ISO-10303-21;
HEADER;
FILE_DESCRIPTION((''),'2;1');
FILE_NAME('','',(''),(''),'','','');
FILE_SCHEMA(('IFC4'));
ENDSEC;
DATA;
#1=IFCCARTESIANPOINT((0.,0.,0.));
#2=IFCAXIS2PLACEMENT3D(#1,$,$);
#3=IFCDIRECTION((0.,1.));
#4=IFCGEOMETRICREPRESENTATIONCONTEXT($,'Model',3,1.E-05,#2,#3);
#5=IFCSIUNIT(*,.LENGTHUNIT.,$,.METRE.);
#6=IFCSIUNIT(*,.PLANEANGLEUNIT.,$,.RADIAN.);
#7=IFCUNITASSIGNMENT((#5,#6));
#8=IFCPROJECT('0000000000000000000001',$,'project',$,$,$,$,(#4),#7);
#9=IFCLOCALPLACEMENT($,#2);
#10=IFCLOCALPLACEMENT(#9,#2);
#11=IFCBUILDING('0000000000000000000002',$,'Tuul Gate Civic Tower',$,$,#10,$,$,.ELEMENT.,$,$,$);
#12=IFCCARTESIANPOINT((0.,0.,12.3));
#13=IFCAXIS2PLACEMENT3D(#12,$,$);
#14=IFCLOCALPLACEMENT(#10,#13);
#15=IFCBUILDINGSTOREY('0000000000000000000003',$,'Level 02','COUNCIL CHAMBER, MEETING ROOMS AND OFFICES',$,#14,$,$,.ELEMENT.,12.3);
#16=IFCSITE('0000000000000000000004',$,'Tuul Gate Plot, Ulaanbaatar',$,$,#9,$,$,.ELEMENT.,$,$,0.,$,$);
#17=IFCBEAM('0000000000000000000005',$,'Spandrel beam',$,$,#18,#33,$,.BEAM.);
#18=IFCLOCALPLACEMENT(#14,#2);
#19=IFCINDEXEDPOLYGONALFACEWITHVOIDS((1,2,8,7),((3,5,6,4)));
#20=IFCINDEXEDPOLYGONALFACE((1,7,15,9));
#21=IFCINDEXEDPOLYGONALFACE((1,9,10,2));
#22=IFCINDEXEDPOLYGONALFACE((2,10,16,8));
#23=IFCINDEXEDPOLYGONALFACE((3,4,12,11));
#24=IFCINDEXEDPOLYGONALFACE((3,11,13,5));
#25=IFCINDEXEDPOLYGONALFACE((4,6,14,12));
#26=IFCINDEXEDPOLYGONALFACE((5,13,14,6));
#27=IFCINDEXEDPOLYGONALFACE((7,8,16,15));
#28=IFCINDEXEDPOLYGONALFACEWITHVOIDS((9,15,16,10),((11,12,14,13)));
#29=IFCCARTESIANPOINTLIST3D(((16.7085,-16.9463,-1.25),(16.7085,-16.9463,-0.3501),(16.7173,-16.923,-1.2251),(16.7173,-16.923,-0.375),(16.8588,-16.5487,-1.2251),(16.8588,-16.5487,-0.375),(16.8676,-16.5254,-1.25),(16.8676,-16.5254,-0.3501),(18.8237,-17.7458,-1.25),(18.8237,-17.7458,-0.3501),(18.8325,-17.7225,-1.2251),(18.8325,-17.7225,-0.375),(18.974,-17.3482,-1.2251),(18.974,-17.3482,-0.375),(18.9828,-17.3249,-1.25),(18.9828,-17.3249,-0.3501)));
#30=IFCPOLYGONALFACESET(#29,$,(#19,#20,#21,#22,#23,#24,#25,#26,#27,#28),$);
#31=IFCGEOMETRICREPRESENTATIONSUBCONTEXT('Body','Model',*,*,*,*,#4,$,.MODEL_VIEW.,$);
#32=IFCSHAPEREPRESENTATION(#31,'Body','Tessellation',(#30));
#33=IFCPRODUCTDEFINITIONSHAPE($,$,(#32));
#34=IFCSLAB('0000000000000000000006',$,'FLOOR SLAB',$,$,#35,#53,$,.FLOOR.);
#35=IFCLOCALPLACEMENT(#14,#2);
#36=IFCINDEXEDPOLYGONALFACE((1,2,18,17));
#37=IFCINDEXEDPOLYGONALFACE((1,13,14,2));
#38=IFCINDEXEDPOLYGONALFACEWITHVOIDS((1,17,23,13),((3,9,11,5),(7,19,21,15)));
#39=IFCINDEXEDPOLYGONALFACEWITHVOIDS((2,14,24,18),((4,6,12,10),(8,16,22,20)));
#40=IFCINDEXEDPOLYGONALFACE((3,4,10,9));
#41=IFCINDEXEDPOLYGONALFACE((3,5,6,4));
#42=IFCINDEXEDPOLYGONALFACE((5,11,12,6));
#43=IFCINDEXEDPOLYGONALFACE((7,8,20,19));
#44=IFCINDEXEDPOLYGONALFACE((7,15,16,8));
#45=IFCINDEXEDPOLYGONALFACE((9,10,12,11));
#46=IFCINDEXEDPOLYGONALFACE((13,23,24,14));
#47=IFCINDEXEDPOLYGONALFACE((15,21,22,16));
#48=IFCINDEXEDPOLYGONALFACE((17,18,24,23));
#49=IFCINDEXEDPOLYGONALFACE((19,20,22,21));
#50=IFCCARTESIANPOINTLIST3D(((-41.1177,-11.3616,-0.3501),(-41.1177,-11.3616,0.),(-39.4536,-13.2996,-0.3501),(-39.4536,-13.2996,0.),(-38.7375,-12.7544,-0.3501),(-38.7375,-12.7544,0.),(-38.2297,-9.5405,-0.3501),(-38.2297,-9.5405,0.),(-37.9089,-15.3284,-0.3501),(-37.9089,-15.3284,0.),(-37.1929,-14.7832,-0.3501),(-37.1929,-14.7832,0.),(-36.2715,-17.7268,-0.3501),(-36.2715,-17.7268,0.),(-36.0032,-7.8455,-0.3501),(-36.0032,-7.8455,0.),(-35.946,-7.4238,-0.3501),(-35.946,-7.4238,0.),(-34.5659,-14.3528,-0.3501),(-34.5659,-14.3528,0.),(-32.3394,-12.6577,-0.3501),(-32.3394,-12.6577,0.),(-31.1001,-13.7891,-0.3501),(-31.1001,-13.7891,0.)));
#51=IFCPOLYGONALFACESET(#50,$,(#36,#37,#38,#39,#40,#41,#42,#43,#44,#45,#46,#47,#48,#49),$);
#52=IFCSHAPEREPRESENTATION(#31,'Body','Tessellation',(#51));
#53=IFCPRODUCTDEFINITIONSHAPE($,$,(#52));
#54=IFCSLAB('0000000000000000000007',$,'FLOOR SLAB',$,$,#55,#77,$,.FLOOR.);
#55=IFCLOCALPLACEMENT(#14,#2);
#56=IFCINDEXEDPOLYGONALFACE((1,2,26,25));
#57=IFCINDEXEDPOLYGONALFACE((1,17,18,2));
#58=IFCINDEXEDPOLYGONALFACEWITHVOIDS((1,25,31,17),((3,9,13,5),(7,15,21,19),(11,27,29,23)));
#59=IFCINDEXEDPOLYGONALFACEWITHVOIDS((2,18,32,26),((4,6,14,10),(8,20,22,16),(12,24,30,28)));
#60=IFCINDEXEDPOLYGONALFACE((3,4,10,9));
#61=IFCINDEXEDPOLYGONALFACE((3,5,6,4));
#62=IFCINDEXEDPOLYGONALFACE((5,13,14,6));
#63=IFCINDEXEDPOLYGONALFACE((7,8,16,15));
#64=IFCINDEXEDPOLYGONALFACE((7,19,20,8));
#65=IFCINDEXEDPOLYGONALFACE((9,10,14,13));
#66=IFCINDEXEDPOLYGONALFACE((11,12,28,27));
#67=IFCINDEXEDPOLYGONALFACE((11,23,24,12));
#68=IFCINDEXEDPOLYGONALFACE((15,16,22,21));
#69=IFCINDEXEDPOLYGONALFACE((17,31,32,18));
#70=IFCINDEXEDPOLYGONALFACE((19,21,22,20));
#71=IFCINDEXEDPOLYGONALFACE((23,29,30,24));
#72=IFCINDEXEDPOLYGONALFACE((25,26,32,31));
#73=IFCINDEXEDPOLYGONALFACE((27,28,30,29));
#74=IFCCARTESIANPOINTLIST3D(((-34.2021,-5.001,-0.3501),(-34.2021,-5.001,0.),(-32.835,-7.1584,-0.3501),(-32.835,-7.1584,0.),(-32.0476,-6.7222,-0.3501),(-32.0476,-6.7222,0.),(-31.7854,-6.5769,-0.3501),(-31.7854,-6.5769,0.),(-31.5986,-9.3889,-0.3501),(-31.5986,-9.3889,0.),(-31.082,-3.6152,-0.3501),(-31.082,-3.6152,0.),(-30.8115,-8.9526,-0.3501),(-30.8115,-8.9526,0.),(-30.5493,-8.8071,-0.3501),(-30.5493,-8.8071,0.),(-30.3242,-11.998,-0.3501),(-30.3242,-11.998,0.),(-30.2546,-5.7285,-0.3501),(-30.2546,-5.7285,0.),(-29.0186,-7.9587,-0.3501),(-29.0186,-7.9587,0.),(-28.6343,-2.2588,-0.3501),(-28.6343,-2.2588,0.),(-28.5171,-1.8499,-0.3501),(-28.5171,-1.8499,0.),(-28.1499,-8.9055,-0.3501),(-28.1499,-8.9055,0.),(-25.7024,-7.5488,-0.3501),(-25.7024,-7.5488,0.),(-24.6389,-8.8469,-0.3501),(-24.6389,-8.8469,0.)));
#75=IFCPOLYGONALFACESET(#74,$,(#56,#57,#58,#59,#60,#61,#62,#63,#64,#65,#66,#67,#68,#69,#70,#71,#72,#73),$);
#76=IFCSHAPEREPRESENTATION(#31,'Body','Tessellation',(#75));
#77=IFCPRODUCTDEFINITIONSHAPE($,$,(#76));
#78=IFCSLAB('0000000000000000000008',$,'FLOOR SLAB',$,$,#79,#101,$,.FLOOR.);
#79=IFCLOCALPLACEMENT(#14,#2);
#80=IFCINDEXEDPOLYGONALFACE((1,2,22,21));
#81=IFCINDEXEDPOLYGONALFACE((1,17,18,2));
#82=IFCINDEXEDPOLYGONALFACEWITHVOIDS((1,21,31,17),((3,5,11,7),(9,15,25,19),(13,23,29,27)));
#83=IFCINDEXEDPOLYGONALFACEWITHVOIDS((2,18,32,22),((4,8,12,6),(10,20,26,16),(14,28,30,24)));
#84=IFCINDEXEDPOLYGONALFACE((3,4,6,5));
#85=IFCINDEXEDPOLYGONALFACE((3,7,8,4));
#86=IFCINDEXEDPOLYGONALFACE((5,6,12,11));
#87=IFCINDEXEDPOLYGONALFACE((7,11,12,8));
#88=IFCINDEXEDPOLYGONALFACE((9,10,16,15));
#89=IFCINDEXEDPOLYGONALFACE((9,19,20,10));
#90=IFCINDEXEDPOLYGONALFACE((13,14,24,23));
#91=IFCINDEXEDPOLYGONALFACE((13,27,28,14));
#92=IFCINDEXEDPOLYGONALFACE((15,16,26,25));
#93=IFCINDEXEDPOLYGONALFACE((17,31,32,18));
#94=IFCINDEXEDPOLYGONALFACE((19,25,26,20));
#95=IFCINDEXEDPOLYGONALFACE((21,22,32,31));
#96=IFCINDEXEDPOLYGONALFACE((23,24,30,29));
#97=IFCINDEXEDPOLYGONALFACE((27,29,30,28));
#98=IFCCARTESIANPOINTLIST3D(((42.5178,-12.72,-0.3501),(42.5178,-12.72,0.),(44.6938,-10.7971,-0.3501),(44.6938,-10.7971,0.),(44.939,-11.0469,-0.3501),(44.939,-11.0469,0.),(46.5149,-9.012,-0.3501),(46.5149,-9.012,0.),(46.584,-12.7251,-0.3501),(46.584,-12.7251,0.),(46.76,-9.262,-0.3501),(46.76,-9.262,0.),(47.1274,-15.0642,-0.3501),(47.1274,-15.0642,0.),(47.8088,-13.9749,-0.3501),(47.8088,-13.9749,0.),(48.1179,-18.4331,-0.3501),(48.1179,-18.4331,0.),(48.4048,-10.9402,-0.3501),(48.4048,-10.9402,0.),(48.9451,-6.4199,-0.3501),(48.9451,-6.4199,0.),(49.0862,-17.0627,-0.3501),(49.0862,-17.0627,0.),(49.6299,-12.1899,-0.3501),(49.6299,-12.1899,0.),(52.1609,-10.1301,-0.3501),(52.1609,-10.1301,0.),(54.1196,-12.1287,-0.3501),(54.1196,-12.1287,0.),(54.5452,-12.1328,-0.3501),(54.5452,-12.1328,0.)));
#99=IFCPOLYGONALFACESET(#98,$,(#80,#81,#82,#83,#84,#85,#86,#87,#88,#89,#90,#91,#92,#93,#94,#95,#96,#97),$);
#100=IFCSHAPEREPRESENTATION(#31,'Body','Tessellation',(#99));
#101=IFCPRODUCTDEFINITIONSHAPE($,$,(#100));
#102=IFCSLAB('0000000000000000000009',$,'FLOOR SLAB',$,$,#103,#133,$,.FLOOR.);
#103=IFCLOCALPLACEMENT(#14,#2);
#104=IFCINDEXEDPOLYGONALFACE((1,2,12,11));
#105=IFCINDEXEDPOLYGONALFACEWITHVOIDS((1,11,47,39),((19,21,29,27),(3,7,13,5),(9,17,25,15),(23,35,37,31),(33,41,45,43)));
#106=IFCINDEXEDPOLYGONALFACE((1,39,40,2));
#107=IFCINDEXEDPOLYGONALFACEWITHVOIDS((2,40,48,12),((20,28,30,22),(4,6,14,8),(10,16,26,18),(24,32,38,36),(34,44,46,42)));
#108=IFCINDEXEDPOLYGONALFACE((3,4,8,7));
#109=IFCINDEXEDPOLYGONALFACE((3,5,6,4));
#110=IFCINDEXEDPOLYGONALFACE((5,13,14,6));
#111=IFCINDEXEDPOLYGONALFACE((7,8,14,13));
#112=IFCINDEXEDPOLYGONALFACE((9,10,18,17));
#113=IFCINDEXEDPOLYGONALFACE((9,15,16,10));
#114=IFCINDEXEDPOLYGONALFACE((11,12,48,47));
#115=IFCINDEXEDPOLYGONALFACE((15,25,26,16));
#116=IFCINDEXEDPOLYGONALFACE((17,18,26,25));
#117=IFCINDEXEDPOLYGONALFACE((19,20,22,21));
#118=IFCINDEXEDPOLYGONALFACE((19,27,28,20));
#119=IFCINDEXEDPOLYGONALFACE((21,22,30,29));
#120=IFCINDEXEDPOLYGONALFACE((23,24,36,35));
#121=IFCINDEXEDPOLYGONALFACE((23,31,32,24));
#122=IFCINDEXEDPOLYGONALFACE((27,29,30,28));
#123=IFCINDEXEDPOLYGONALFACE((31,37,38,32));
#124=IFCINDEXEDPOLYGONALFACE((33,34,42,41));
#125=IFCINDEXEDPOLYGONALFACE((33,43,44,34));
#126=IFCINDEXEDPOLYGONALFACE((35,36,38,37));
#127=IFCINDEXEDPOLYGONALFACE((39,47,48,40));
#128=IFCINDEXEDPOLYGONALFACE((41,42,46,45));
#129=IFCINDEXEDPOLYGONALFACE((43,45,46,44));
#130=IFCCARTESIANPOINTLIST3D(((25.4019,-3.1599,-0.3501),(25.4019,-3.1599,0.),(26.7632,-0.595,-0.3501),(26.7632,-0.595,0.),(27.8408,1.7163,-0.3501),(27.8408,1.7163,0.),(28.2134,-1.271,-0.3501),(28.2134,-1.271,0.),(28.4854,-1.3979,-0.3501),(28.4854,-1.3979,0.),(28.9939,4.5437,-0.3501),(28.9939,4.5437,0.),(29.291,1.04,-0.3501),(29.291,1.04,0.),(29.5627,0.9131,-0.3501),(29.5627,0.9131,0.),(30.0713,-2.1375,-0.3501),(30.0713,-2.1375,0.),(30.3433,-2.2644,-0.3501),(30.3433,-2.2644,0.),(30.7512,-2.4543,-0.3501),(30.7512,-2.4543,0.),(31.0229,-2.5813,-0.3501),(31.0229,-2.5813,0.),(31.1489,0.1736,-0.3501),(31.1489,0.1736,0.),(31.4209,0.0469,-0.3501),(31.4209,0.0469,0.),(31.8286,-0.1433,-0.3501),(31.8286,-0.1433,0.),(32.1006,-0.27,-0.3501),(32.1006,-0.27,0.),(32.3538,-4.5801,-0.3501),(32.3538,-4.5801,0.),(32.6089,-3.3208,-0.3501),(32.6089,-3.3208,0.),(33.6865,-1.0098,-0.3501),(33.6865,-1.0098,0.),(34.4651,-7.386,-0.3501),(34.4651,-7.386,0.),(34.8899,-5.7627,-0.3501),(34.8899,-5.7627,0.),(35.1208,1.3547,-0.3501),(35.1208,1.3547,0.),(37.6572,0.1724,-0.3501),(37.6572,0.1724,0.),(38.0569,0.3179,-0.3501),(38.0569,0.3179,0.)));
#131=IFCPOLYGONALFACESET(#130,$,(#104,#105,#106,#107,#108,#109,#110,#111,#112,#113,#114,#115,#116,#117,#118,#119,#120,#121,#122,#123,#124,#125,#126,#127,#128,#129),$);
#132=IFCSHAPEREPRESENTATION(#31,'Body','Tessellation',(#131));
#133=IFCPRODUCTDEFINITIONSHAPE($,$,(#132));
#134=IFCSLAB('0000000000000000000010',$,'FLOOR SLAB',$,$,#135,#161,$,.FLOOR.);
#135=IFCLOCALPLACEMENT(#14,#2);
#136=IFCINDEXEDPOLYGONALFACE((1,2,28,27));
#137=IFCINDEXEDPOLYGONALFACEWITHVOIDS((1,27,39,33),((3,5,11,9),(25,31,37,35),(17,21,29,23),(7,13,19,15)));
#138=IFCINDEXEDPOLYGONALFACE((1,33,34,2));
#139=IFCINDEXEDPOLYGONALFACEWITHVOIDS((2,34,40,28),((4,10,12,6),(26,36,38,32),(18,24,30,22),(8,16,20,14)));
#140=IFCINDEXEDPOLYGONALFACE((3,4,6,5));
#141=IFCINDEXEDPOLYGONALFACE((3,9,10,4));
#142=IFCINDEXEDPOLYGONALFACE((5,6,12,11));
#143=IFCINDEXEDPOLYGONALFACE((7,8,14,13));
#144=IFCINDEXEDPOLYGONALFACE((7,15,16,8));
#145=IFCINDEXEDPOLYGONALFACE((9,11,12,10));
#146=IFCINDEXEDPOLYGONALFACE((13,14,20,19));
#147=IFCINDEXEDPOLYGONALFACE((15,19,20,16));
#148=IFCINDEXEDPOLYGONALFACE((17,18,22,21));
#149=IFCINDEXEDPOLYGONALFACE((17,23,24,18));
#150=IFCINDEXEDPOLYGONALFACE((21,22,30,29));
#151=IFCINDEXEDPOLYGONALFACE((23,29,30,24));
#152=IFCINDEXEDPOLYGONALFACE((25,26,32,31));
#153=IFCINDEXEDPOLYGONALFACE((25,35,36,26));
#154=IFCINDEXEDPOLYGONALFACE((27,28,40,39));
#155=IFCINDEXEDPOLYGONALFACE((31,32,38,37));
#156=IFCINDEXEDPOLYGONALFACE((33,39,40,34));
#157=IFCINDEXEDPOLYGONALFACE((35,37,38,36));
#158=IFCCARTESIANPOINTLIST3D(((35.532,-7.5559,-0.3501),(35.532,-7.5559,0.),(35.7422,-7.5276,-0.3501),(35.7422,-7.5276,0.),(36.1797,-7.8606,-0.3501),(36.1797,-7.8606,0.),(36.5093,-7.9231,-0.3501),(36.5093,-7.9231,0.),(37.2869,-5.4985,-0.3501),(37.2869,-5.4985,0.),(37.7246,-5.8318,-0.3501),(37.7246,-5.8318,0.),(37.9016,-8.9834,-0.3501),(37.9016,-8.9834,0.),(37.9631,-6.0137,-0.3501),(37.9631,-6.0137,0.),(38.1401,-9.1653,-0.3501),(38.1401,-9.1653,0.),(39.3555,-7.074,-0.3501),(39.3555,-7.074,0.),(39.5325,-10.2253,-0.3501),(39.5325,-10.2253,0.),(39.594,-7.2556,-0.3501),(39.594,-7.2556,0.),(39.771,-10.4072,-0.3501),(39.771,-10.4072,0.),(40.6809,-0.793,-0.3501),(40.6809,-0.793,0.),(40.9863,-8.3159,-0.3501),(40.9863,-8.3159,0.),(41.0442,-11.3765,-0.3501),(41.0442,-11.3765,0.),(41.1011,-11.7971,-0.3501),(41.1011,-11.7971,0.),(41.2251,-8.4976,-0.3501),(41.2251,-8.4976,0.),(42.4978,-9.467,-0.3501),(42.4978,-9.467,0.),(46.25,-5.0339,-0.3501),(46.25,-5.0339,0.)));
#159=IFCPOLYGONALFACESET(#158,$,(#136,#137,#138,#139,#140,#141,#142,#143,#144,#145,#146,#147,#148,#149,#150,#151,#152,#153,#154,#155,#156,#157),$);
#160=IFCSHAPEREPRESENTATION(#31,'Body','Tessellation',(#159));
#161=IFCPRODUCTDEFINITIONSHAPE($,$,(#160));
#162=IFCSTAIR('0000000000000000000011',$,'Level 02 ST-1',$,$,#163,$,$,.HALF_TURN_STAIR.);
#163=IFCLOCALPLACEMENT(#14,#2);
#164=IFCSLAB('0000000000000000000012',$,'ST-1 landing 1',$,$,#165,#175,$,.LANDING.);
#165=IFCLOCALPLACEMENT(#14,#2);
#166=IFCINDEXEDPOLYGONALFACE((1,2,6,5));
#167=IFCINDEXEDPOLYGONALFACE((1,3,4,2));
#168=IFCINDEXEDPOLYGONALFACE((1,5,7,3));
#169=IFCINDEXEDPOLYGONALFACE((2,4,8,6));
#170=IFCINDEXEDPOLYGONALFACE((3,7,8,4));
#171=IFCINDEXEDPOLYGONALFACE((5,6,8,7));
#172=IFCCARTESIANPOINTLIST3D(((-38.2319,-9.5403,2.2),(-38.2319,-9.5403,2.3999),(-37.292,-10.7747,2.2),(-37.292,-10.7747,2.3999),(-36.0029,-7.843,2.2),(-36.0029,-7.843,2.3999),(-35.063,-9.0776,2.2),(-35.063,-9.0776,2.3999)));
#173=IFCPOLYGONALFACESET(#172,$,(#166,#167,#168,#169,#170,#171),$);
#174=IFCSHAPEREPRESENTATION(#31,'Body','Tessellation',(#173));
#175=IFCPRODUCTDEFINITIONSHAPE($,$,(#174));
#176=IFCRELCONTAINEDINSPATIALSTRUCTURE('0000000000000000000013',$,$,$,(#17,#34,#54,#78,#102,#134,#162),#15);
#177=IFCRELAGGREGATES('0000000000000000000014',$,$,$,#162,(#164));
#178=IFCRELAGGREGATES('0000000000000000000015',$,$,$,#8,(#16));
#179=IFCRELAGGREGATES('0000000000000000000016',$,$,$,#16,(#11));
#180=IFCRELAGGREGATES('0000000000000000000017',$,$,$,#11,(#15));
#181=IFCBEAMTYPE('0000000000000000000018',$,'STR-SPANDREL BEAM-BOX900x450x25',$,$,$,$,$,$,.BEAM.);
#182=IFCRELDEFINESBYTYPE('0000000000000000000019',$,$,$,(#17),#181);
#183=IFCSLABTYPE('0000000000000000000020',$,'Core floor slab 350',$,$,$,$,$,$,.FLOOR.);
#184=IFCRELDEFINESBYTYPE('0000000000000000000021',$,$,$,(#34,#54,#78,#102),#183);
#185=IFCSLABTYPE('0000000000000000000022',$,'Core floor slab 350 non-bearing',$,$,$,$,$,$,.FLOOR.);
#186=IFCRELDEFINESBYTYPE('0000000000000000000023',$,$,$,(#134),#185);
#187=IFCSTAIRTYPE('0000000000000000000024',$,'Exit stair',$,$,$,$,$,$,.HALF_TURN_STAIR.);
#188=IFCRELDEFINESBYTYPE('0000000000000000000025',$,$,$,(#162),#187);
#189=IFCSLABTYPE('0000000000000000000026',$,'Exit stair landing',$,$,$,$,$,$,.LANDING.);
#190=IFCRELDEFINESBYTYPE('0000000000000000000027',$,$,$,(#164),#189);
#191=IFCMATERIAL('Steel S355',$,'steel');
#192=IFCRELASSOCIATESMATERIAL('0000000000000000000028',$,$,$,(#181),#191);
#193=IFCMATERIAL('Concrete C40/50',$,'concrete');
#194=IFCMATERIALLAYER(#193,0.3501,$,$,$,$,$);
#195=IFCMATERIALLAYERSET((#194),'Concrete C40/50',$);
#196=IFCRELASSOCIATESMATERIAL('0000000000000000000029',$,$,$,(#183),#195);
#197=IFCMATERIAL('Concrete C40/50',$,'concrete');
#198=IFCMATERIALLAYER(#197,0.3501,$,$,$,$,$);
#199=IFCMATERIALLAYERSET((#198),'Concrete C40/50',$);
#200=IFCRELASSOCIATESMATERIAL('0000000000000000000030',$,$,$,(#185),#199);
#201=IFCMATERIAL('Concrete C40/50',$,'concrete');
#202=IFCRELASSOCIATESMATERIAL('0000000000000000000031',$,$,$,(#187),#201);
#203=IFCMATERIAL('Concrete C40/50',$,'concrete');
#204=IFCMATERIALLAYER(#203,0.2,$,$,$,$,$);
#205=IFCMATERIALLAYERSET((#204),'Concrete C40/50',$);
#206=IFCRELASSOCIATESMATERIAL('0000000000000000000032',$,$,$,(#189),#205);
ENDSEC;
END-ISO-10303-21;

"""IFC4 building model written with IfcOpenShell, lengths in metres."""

from ifc_helpers import new_model, si_unit, direction, frame, origin, origin_2d, place, context, subcontext, project, spatial, polyline, hollow_rectangle, outline, extrude, material, layer, layer_set, material_profile, profile_set, type_object, element, aggregate, save


model = new_model("IFC4")

# Units and contexts
model_context = context("Model", 3, precision=1e-05, world=origin(), true_north=direction((0.0, 1.0)))
body_context = subcontext(model_context, "Body", "Model", "MODEL_VIEW")
ifc_project = project(units=[si_unit("LENGTHUNIT", "METRE"), si_unit("PLANEANGLEUNIT", "RADIAN")], contexts=[model_context])

# Site, building, storey
site_placement = place(None, origin())
site = spatial("IfcSite", under=ifc_project, at=site_placement, Name="Tuul Gate Plot, Ulaanbaatar", CompositionType="ELEMENT", RefElevation=0.0)
building_placement = place(site_placement, origin())
building = spatial("IfcBuilding", under=site, at=building_placement, Name="Tuul Gate Civic Tower", CompositionType="ELEMENT")
storey_placement = place(building_placement, frame((0.0, 0.0, 12.3)))
storey = spatial("IfcBuildingStorey", under=building, at=storey_placement, Name="Level 02", Description="COUNCIL CHAMBER, MEETING ROOMS AND OFFICES", CompositionType="ELEMENT", Elevation=12.3)

# Beam
ifc_material_1 = material(Name="Steel S355", Category="steel")
ifc_material_profile_1 = material_profile(ifc_material_1, hollow_rectangle(XDim=0.45, YDim=0.8999, WallThickness=0.0249, at=origin_2d()), Name="BOX900x450x25")
ifc_profile_set_1 = profile_set([ifc_material_profile_1], Name="Steel S355")
beam_type_1 = type_object("IfcBeamType", Name="STR-SPANDREL BEAM-BOX900x450x25", PredefinedType="BEAM", material=ifc_profile_set_1)
beam_1_placement = place(storey_placement, frame((16.7881, -16.7358, -0.8), z_axis=(0.935403, -0.353583, 0.0), x_axis=(0.353583, 0.935403, 0.0)))
element("IfcBeam", 1, at=beam_1_placement, inside=storey, type_object=beam_type_1, Name="Spandrel beam", PredefinedType="BEAM", context=body_context, shape_type="SweptSolid", body=[
    extrude(hollow_rectangle(XDim=0.45, YDim=0.8999, WallThickness=0.0249, at=origin_2d()), origin(), (0.0, 0.0, 1.0), 2.2612),
])

# Slabs
ifc_material_2 = material(Name="Concrete C40/50", Category="concrete")
ifc_layer_1 = layer(ifc_material_2, 0.3501)
ifc_layer_set_1 = layer_set([ifc_layer_1], Name="Concrete C40/50")
slab_type_1 = type_object("IfcSlabType", Name="Core floor slab 350", PredefinedType="FLOOR", material=ifc_layer_set_1)
slab_1_placement = place(storey_placement, frame((0.0, 0.0, -0.3501)))
element("IfcSlab", 2, at=slab_1_placement, inside=storey, type_object=slab_type_1, Name="FLOOR SLAB", PredefinedType="FLOOR", context=body_context, shape_type="SweptSolid", body=[
    extrude(outline(polyline([(-31.1001, -13.7891), (-35.946, -7.4238), (-41.1177, -11.3616), (-36.2715, -17.7268), (-31.1001, -13.7891)]), holes=[polyline([(-37.1929, -14.7832), (-38.7375, -12.7544), (-39.4536, -13.2996), (-37.9089, -15.3284), (-37.1929, -14.7832)]), polyline([(-32.3394, -12.6577), (-34.5659, -14.3528), (-38.2297, -9.5405), (-36.0032, -7.8455), (-32.3394, -12.6577)])]), origin(), (0.0, 0.0, 1.0), 0.3501),
])
slab_2_placement = place(storey_placement, frame((0.0, 0.0, -0.3501)))
element("IfcSlab", 3, at=slab_2_placement, inside=storey, type_object=slab_type_1, Name="FLOOR SLAB", PredefinedType="FLOOR", context=body_context, shape_type="SweptSolid", body=[
    extrude(outline(polyline([(-24.6389, -8.8469), (-28.5171, -1.8499), (-34.2021, -5.001), (-30.3242, -11.998), (-24.6389, -8.8469)]), holes=[polyline([(-29.0186, -7.9587), (-30.2546, -5.7285), (-31.7854, -6.5769), (-30.5493, -8.8071), (-29.0186, -7.9587)]), polyline([(-30.8115, -8.9526), (-32.0476, -6.7222), (-32.835, -7.1584), (-31.5986, -9.3889), (-30.8115, -8.9526)]), polyline([(-25.7024, -7.5488), (-28.1499, -8.9055), (-31.082, -3.6152), (-28.6343, -2.2588), (-25.7024, -7.5488)])]), origin(), (0.0, 0.0, 1.0), 0.3501),
])
slab_3_placement = place(storey_placement, frame((0.0, 0.0, -0.3501)))
element("IfcSlab", 4, at=slab_3_placement, inside=storey, type_object=slab_type_1, Name="FLOOR SLAB", PredefinedType="FLOOR", context=body_context, shape_type="SweptSolid", body=[
    extrude(outline(polyline([(48.1179, -18.4331), (54.5452, -12.1328), (48.9451, -6.4199), (42.5178, -12.72), (48.1179, -18.4331)]), holes=[polyline([(47.8088, -13.9749), (49.6299, -12.1899), (48.4048, -10.9402), (46.584, -12.7251), (47.8088, -13.9749)]), polyline([(44.939, -11.0469), (46.76, -9.262), (46.5149, -9.012), (44.6938, -10.7971), (44.939, -11.0469)]), polyline([(49.0862, -17.0627), (47.1274, -15.0642), (52.1609, -10.1301), (54.1196, -12.1287), (49.0862, -17.0627)])]), origin(), (0.0, 0.0, 1.0), 0.3501),
])
slab_4_placement = place(storey_placement, frame((0.0, 0.0, -0.3501)))
element("IfcSlab", 5, at=slab_4_placement, inside=storey, type_object=slab_type_1, Name="FLOOR SLAB", PredefinedType="FLOOR", context=body_context, shape_type="SweptSolid", body=[
    extrude(outline(polyline([(34.4651, -7.386), (38.0569, 0.3179), (28.9939, 4.5437), (25.4019, -3.1599), (34.4651, -7.386)]), holes=[polyline([(32.6089, -3.3208), (33.6865, -1.0098), (32.1006, -0.27), (31.0229, -2.5813), (32.6089, -3.3208)]), polyline([(30.0713, -2.1375), (31.1489, 0.1736), (29.5627, 0.9131), (28.4854, -1.3979), (30.0713, -2.1375)]), polyline([(30.7512, -2.4543), (31.8286, -0.1433), (31.4209, 0.0469), (30.3433, -2.2644), (30.7512, -2.4543)]), polyline([(28.2134, -1.271), (29.291, 1.04), (27.8408, 1.7163), (26.7632, -0.595), (28.2134, -1.271)]), polyline([(34.8899, -5.7627), (32.3538, -4.5801), (35.1208, 1.3547), (37.6572, 0.1724), (34.8899, -5.7627)])]), origin(), (0.0, 0.0, 1.0), 0.3501),
])
ifc_material_3 = material(Name="Concrete C40/50", Category="concrete")
ifc_layer_2 = layer(ifc_material_3, 0.3501)
ifc_layer_set_2 = layer_set([ifc_layer_2], Name="Concrete C40/50")
slab_type_2 = type_object("IfcSlabType", Name="Core floor slab 350 non-bearing", PredefinedType="FLOOR", material=ifc_layer_set_2)
slab_5_placement = place(storey_placement, frame((0.0, 0.0, -0.3501)))
element("IfcSlab", 6, at=slab_5_placement, inside=storey, type_object=slab_type_2, Name="FLOOR SLAB", PredefinedType="FLOOR", context=body_context, shape_type="SweptSolid", body=[
    extrude(outline(polyline([(41.1011, -11.7971), (46.25, -5.0339), (40.6809, -0.793), (35.532, -7.5559), (41.1011, -11.7971)]), holes=[polyline([(41.0442, -11.3765), (42.4978, -9.467), (41.2251, -8.4976), (39.771, -10.4072), (41.0442, -11.3765)]), polyline([(39.5325, -10.2253), (40.9863, -8.3159), (39.594, -7.2556), (38.1401, -9.1653), (39.5325, -10.2253)]), polyline([(37.9016, -8.9834), (39.3555, -7.074), (37.9631, -6.0137), (36.5093, -7.9231), (37.9016, -8.9834)]), polyline([(36.1797, -7.8606), (37.7246, -5.8318), (37.2869, -5.4985), (35.7422, -7.5276), (36.1797, -7.8606)])]), origin(), (0.0, 0.0, 1.0), 0.3501),
])

# Stair, slab
ifc_material_4 = material(Name="Concrete C40/50", Category="concrete")
stair_type = type_object("IfcStairType", Name="Exit stair", PredefinedType="HALF_TURN_STAIR", material=ifc_material_4)
stair_1_placement = place(storey_placement, origin())
stair_1 = element("IfcStair", 7, at=stair_1_placement, inside=storey, type_object=stair_type, Name="Level 02 ST-1", PredefinedType="HALF_TURN_STAIR")
ifc_material_5 = material(Name="Concrete C40/50", Category="concrete")
ifc_layer_3 = layer(ifc_material_5, 0.2)
ifc_layer_set_3 = layer_set([ifc_layer_3], Name="Concrete C40/50")
slab_type_3 = type_object("IfcSlabType", Name="Exit stair landing", PredefinedType="LANDING", material=ifc_layer_set_3)
slab_6_placement = place(storey_placement, frame((0.0, 0.0, 2.2)))
slab_6 = element("IfcSlab", 8, at=slab_6_placement, type_object=slab_type_3, Name="ST-1 landing 1", PredefinedType="LANDING", context=body_context, shape_type="SweptSolid", body=[
    extrude(outline(polyline([(-35.063, -9.0776), (-37.292, -10.7747), (-38.2319, -9.5403), (-36.0029, -7.843), (-35.063, -9.0776)])), origin(), (0.0, 0.0, 1.0), 0.2),
])
aggregate(stair_1, [slab_6])

save(model, "model.ifc")
